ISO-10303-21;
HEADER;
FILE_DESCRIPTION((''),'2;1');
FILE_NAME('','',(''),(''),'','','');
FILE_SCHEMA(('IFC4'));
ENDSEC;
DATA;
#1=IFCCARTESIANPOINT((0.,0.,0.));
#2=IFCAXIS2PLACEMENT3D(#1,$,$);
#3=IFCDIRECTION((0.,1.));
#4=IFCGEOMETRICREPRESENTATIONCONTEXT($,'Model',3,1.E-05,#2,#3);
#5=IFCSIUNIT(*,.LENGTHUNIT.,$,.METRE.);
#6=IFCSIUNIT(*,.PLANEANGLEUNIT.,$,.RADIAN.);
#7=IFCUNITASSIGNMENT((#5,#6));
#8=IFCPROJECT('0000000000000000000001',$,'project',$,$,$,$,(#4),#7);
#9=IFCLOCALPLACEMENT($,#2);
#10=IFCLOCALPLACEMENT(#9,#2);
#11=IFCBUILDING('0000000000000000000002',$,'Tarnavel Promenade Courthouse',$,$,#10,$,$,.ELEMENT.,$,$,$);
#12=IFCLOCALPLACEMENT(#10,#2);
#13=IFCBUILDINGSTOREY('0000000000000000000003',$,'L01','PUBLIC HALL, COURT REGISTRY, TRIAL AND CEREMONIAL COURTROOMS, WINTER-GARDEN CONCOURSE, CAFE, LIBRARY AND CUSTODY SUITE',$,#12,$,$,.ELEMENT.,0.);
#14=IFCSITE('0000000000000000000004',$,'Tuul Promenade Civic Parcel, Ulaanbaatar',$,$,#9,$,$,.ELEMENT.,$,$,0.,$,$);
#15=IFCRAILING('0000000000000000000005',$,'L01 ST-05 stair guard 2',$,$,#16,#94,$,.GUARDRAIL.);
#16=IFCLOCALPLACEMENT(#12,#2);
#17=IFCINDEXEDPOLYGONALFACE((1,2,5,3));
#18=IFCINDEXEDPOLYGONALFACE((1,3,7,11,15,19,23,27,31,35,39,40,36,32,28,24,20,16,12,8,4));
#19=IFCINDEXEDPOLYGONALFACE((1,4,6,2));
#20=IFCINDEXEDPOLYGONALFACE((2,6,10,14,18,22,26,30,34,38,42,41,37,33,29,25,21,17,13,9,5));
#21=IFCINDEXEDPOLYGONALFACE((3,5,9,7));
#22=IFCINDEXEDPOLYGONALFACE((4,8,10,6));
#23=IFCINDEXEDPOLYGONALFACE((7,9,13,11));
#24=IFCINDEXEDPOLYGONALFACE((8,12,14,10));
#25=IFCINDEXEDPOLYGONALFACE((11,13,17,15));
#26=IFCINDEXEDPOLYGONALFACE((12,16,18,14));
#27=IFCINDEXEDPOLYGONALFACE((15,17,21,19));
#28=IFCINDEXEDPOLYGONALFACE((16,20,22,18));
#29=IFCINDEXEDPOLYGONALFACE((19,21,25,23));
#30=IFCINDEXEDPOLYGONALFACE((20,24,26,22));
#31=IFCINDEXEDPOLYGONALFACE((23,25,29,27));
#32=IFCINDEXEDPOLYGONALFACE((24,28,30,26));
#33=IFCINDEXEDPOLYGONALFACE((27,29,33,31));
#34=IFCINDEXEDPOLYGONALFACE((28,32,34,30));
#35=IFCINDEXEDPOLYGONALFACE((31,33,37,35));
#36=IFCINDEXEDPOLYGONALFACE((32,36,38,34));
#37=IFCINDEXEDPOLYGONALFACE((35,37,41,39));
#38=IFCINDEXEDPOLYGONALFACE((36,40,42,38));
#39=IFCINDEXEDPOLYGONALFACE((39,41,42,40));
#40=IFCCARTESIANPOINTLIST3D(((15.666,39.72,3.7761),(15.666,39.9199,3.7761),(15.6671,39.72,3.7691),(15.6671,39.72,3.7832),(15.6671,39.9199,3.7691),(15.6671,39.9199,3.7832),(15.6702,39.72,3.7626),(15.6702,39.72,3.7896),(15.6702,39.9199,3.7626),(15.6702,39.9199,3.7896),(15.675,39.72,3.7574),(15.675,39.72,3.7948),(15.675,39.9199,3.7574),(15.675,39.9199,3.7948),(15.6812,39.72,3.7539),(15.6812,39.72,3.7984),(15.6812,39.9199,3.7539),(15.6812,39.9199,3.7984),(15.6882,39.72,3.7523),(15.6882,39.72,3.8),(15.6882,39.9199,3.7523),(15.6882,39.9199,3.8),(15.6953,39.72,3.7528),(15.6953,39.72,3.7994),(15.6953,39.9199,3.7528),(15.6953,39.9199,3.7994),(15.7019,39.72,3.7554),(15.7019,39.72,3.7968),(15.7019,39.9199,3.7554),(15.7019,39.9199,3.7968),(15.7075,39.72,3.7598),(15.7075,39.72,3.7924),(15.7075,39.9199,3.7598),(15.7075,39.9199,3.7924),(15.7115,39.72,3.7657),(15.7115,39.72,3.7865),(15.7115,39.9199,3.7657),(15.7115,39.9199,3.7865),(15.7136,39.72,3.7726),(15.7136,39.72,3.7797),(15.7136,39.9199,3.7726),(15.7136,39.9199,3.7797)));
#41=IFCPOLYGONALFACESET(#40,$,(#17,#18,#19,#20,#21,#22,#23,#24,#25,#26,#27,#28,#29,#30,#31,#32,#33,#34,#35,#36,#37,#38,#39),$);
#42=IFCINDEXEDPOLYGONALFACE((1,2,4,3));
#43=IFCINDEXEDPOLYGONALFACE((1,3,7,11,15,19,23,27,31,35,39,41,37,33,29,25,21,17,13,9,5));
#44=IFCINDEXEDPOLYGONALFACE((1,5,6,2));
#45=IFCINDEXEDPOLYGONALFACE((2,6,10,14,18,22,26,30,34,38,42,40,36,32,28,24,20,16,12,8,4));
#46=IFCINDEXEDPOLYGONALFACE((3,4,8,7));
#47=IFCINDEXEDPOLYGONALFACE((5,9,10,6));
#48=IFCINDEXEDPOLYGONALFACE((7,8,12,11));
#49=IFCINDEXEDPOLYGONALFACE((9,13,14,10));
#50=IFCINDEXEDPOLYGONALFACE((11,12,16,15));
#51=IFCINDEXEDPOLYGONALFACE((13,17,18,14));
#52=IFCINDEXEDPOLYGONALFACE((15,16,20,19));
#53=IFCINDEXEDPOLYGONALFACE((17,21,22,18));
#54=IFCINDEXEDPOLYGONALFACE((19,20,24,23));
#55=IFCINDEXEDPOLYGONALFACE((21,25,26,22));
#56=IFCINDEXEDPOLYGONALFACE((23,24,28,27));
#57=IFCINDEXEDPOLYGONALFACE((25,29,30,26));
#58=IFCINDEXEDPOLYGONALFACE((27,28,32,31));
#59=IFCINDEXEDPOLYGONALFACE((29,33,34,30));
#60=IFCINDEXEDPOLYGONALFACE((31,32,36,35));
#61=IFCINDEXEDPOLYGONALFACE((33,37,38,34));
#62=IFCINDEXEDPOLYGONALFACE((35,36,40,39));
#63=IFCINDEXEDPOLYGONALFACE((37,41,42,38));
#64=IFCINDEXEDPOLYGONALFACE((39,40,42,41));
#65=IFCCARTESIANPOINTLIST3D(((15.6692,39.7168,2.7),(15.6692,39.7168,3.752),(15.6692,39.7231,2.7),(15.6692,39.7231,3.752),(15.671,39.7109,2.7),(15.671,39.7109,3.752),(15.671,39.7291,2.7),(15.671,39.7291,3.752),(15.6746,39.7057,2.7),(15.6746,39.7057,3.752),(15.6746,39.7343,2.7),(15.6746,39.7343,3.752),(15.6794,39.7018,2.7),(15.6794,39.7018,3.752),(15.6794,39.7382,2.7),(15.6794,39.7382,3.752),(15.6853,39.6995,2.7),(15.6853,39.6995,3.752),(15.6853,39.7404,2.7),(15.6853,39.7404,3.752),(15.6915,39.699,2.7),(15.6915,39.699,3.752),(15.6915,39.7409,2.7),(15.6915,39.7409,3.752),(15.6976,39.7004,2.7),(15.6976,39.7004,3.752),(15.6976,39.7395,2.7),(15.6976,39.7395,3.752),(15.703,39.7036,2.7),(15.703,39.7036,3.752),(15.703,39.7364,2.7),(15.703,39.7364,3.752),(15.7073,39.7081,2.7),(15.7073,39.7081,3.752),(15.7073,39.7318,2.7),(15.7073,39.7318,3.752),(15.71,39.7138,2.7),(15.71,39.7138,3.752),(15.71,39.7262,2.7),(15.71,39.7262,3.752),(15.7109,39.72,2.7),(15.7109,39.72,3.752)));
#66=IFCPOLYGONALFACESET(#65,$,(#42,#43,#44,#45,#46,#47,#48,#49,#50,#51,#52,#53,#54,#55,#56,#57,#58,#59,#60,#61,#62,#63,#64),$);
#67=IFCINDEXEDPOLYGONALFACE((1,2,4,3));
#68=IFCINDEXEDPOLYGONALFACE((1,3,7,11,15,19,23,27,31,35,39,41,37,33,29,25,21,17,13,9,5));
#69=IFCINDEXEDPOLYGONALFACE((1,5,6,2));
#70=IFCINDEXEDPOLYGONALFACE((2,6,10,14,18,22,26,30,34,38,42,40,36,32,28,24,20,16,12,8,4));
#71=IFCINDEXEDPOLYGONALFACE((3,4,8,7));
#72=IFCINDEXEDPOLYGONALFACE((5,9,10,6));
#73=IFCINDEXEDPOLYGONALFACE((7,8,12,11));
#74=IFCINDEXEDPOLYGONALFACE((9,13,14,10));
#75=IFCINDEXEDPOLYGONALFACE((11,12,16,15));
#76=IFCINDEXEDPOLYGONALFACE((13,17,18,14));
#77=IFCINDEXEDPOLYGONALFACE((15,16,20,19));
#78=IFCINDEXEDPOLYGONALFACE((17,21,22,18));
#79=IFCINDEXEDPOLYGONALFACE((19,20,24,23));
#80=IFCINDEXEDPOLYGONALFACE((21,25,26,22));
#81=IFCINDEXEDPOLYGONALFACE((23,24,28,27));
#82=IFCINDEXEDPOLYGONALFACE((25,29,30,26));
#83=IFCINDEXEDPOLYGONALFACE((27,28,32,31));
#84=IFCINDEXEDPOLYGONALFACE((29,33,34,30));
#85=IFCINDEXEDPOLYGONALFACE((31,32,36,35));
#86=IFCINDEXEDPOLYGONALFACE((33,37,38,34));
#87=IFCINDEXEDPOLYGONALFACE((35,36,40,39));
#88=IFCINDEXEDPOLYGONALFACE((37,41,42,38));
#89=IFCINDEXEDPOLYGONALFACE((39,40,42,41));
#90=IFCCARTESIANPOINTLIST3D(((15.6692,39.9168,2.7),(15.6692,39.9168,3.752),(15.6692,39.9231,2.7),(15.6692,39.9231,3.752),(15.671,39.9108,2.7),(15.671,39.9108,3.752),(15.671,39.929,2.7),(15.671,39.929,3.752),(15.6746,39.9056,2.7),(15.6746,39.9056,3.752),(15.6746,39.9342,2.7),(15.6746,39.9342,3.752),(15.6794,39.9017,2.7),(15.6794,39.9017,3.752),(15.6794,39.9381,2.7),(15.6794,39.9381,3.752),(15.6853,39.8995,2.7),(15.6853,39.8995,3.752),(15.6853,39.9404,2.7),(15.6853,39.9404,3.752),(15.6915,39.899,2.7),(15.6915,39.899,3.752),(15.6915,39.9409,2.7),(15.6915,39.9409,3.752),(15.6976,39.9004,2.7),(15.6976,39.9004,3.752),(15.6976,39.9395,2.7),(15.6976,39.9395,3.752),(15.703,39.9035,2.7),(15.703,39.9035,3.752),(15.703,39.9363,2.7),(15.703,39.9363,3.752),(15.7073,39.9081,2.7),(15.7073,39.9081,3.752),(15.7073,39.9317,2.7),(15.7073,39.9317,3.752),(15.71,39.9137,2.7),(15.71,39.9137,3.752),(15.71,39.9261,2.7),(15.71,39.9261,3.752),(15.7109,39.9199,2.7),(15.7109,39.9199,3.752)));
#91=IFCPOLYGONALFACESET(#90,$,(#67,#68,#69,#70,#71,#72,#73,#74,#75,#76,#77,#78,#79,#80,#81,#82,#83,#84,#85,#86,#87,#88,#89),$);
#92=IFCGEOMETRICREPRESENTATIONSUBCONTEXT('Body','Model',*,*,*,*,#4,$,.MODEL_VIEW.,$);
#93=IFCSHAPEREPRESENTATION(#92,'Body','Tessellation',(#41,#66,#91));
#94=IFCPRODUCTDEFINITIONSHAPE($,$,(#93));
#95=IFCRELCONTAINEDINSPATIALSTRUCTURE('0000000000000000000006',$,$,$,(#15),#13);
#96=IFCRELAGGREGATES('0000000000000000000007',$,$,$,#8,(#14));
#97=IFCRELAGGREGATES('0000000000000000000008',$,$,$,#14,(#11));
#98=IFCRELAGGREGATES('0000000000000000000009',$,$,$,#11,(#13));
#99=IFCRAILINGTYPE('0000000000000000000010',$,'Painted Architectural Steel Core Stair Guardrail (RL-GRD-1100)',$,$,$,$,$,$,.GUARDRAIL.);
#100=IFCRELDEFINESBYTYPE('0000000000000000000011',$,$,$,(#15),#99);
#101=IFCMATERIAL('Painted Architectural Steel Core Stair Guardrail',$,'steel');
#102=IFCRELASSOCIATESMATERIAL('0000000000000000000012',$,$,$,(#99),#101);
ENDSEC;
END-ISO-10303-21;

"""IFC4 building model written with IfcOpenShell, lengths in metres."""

from ifc_helpers import new_model, si_unit, direction, frame, origin, origin_2d, place, context, subcontext, project, spatial, circle, extrude, material, type_object, element, save


model = new_model("IFC4")

# Units and contexts
model_context = context("Model", 3, precision=1e-05, world=origin(), true_north=direction((0.0, 1.0)))
body_context = subcontext(model_context, "Body", "Model", "MODEL_VIEW")
ifc_project = project(units=[si_unit("LENGTHUNIT", "METRE"), si_unit("PLANEANGLEUNIT", "RADIAN")], contexts=[model_context])

# Site, building, storey
site_placement = place(None, origin())
site = spatial("IfcSite", under=ifc_project, at=site_placement, Name="Tuul Promenade Civic Parcel, Ulaanbaatar", CompositionType="ELEMENT", RefElevation=0.0)
building_placement = place(site_placement, origin())
building = spatial("IfcBuilding", under=site, at=building_placement, Name="Tarnavel Promenade Courthouse", CompositionType="ELEMENT")
storey_placement = place(building_placement, origin())
storey = spatial("IfcBuildingStorey", under=building, at=storey_placement, Name="L01", Description="PUBLIC HALL, COURT REGISTRY, TRIAL AND CEREMONIAL COURTROOMS, WINTER-GARDEN CONCOURSE, CAFE, LIBRARY AND CUSTODY SUITE", CompositionType="ELEMENT", Elevation=0.0)

# Railing
ifc_material_1 = material(Name="Painted Architectural Steel Core Stair Guardrail", Category="steel")
railing_type_1 = type_object("IfcRailingType", Name="Painted Architectural Steel Core Stair Guardrail (RL-GRD-1100)", PredefinedType="GUARDRAIL", material=ifc_material_1)
railing_1_placement = place(storey_placement, frame((15.6899, 39.72, 2.7)))
element("IfcRailing", 1, at=railing_1_placement, inside=storey, type_object=railing_type_1, Name="L01 ST-05 stair guard 2", PredefinedType="GUARDRAIL", context=body_context, shape_type="SweptSolid", body=[
    extrude(circle(Radius=0.0239, at=origin_2d()), frame((0.0, 0.0, 1.0762), z_axis=(0.0, 1.0, 0.0), x_axis=(-1.0, 0.0, 0.0)), (0.0, 0.0, 1.0), 0.2),
    extrude(circle(Radius=0.021, at=origin_2d()), origin(), (0.0, 0.0, 1.0), 1.052),
    extrude(circle(Radius=0.021, at=origin_2d()), frame((0.0, 0.2, 0.0)), (0.0, 0.0, 1.0), 1.052),
])

save(model, "model.ifc")
